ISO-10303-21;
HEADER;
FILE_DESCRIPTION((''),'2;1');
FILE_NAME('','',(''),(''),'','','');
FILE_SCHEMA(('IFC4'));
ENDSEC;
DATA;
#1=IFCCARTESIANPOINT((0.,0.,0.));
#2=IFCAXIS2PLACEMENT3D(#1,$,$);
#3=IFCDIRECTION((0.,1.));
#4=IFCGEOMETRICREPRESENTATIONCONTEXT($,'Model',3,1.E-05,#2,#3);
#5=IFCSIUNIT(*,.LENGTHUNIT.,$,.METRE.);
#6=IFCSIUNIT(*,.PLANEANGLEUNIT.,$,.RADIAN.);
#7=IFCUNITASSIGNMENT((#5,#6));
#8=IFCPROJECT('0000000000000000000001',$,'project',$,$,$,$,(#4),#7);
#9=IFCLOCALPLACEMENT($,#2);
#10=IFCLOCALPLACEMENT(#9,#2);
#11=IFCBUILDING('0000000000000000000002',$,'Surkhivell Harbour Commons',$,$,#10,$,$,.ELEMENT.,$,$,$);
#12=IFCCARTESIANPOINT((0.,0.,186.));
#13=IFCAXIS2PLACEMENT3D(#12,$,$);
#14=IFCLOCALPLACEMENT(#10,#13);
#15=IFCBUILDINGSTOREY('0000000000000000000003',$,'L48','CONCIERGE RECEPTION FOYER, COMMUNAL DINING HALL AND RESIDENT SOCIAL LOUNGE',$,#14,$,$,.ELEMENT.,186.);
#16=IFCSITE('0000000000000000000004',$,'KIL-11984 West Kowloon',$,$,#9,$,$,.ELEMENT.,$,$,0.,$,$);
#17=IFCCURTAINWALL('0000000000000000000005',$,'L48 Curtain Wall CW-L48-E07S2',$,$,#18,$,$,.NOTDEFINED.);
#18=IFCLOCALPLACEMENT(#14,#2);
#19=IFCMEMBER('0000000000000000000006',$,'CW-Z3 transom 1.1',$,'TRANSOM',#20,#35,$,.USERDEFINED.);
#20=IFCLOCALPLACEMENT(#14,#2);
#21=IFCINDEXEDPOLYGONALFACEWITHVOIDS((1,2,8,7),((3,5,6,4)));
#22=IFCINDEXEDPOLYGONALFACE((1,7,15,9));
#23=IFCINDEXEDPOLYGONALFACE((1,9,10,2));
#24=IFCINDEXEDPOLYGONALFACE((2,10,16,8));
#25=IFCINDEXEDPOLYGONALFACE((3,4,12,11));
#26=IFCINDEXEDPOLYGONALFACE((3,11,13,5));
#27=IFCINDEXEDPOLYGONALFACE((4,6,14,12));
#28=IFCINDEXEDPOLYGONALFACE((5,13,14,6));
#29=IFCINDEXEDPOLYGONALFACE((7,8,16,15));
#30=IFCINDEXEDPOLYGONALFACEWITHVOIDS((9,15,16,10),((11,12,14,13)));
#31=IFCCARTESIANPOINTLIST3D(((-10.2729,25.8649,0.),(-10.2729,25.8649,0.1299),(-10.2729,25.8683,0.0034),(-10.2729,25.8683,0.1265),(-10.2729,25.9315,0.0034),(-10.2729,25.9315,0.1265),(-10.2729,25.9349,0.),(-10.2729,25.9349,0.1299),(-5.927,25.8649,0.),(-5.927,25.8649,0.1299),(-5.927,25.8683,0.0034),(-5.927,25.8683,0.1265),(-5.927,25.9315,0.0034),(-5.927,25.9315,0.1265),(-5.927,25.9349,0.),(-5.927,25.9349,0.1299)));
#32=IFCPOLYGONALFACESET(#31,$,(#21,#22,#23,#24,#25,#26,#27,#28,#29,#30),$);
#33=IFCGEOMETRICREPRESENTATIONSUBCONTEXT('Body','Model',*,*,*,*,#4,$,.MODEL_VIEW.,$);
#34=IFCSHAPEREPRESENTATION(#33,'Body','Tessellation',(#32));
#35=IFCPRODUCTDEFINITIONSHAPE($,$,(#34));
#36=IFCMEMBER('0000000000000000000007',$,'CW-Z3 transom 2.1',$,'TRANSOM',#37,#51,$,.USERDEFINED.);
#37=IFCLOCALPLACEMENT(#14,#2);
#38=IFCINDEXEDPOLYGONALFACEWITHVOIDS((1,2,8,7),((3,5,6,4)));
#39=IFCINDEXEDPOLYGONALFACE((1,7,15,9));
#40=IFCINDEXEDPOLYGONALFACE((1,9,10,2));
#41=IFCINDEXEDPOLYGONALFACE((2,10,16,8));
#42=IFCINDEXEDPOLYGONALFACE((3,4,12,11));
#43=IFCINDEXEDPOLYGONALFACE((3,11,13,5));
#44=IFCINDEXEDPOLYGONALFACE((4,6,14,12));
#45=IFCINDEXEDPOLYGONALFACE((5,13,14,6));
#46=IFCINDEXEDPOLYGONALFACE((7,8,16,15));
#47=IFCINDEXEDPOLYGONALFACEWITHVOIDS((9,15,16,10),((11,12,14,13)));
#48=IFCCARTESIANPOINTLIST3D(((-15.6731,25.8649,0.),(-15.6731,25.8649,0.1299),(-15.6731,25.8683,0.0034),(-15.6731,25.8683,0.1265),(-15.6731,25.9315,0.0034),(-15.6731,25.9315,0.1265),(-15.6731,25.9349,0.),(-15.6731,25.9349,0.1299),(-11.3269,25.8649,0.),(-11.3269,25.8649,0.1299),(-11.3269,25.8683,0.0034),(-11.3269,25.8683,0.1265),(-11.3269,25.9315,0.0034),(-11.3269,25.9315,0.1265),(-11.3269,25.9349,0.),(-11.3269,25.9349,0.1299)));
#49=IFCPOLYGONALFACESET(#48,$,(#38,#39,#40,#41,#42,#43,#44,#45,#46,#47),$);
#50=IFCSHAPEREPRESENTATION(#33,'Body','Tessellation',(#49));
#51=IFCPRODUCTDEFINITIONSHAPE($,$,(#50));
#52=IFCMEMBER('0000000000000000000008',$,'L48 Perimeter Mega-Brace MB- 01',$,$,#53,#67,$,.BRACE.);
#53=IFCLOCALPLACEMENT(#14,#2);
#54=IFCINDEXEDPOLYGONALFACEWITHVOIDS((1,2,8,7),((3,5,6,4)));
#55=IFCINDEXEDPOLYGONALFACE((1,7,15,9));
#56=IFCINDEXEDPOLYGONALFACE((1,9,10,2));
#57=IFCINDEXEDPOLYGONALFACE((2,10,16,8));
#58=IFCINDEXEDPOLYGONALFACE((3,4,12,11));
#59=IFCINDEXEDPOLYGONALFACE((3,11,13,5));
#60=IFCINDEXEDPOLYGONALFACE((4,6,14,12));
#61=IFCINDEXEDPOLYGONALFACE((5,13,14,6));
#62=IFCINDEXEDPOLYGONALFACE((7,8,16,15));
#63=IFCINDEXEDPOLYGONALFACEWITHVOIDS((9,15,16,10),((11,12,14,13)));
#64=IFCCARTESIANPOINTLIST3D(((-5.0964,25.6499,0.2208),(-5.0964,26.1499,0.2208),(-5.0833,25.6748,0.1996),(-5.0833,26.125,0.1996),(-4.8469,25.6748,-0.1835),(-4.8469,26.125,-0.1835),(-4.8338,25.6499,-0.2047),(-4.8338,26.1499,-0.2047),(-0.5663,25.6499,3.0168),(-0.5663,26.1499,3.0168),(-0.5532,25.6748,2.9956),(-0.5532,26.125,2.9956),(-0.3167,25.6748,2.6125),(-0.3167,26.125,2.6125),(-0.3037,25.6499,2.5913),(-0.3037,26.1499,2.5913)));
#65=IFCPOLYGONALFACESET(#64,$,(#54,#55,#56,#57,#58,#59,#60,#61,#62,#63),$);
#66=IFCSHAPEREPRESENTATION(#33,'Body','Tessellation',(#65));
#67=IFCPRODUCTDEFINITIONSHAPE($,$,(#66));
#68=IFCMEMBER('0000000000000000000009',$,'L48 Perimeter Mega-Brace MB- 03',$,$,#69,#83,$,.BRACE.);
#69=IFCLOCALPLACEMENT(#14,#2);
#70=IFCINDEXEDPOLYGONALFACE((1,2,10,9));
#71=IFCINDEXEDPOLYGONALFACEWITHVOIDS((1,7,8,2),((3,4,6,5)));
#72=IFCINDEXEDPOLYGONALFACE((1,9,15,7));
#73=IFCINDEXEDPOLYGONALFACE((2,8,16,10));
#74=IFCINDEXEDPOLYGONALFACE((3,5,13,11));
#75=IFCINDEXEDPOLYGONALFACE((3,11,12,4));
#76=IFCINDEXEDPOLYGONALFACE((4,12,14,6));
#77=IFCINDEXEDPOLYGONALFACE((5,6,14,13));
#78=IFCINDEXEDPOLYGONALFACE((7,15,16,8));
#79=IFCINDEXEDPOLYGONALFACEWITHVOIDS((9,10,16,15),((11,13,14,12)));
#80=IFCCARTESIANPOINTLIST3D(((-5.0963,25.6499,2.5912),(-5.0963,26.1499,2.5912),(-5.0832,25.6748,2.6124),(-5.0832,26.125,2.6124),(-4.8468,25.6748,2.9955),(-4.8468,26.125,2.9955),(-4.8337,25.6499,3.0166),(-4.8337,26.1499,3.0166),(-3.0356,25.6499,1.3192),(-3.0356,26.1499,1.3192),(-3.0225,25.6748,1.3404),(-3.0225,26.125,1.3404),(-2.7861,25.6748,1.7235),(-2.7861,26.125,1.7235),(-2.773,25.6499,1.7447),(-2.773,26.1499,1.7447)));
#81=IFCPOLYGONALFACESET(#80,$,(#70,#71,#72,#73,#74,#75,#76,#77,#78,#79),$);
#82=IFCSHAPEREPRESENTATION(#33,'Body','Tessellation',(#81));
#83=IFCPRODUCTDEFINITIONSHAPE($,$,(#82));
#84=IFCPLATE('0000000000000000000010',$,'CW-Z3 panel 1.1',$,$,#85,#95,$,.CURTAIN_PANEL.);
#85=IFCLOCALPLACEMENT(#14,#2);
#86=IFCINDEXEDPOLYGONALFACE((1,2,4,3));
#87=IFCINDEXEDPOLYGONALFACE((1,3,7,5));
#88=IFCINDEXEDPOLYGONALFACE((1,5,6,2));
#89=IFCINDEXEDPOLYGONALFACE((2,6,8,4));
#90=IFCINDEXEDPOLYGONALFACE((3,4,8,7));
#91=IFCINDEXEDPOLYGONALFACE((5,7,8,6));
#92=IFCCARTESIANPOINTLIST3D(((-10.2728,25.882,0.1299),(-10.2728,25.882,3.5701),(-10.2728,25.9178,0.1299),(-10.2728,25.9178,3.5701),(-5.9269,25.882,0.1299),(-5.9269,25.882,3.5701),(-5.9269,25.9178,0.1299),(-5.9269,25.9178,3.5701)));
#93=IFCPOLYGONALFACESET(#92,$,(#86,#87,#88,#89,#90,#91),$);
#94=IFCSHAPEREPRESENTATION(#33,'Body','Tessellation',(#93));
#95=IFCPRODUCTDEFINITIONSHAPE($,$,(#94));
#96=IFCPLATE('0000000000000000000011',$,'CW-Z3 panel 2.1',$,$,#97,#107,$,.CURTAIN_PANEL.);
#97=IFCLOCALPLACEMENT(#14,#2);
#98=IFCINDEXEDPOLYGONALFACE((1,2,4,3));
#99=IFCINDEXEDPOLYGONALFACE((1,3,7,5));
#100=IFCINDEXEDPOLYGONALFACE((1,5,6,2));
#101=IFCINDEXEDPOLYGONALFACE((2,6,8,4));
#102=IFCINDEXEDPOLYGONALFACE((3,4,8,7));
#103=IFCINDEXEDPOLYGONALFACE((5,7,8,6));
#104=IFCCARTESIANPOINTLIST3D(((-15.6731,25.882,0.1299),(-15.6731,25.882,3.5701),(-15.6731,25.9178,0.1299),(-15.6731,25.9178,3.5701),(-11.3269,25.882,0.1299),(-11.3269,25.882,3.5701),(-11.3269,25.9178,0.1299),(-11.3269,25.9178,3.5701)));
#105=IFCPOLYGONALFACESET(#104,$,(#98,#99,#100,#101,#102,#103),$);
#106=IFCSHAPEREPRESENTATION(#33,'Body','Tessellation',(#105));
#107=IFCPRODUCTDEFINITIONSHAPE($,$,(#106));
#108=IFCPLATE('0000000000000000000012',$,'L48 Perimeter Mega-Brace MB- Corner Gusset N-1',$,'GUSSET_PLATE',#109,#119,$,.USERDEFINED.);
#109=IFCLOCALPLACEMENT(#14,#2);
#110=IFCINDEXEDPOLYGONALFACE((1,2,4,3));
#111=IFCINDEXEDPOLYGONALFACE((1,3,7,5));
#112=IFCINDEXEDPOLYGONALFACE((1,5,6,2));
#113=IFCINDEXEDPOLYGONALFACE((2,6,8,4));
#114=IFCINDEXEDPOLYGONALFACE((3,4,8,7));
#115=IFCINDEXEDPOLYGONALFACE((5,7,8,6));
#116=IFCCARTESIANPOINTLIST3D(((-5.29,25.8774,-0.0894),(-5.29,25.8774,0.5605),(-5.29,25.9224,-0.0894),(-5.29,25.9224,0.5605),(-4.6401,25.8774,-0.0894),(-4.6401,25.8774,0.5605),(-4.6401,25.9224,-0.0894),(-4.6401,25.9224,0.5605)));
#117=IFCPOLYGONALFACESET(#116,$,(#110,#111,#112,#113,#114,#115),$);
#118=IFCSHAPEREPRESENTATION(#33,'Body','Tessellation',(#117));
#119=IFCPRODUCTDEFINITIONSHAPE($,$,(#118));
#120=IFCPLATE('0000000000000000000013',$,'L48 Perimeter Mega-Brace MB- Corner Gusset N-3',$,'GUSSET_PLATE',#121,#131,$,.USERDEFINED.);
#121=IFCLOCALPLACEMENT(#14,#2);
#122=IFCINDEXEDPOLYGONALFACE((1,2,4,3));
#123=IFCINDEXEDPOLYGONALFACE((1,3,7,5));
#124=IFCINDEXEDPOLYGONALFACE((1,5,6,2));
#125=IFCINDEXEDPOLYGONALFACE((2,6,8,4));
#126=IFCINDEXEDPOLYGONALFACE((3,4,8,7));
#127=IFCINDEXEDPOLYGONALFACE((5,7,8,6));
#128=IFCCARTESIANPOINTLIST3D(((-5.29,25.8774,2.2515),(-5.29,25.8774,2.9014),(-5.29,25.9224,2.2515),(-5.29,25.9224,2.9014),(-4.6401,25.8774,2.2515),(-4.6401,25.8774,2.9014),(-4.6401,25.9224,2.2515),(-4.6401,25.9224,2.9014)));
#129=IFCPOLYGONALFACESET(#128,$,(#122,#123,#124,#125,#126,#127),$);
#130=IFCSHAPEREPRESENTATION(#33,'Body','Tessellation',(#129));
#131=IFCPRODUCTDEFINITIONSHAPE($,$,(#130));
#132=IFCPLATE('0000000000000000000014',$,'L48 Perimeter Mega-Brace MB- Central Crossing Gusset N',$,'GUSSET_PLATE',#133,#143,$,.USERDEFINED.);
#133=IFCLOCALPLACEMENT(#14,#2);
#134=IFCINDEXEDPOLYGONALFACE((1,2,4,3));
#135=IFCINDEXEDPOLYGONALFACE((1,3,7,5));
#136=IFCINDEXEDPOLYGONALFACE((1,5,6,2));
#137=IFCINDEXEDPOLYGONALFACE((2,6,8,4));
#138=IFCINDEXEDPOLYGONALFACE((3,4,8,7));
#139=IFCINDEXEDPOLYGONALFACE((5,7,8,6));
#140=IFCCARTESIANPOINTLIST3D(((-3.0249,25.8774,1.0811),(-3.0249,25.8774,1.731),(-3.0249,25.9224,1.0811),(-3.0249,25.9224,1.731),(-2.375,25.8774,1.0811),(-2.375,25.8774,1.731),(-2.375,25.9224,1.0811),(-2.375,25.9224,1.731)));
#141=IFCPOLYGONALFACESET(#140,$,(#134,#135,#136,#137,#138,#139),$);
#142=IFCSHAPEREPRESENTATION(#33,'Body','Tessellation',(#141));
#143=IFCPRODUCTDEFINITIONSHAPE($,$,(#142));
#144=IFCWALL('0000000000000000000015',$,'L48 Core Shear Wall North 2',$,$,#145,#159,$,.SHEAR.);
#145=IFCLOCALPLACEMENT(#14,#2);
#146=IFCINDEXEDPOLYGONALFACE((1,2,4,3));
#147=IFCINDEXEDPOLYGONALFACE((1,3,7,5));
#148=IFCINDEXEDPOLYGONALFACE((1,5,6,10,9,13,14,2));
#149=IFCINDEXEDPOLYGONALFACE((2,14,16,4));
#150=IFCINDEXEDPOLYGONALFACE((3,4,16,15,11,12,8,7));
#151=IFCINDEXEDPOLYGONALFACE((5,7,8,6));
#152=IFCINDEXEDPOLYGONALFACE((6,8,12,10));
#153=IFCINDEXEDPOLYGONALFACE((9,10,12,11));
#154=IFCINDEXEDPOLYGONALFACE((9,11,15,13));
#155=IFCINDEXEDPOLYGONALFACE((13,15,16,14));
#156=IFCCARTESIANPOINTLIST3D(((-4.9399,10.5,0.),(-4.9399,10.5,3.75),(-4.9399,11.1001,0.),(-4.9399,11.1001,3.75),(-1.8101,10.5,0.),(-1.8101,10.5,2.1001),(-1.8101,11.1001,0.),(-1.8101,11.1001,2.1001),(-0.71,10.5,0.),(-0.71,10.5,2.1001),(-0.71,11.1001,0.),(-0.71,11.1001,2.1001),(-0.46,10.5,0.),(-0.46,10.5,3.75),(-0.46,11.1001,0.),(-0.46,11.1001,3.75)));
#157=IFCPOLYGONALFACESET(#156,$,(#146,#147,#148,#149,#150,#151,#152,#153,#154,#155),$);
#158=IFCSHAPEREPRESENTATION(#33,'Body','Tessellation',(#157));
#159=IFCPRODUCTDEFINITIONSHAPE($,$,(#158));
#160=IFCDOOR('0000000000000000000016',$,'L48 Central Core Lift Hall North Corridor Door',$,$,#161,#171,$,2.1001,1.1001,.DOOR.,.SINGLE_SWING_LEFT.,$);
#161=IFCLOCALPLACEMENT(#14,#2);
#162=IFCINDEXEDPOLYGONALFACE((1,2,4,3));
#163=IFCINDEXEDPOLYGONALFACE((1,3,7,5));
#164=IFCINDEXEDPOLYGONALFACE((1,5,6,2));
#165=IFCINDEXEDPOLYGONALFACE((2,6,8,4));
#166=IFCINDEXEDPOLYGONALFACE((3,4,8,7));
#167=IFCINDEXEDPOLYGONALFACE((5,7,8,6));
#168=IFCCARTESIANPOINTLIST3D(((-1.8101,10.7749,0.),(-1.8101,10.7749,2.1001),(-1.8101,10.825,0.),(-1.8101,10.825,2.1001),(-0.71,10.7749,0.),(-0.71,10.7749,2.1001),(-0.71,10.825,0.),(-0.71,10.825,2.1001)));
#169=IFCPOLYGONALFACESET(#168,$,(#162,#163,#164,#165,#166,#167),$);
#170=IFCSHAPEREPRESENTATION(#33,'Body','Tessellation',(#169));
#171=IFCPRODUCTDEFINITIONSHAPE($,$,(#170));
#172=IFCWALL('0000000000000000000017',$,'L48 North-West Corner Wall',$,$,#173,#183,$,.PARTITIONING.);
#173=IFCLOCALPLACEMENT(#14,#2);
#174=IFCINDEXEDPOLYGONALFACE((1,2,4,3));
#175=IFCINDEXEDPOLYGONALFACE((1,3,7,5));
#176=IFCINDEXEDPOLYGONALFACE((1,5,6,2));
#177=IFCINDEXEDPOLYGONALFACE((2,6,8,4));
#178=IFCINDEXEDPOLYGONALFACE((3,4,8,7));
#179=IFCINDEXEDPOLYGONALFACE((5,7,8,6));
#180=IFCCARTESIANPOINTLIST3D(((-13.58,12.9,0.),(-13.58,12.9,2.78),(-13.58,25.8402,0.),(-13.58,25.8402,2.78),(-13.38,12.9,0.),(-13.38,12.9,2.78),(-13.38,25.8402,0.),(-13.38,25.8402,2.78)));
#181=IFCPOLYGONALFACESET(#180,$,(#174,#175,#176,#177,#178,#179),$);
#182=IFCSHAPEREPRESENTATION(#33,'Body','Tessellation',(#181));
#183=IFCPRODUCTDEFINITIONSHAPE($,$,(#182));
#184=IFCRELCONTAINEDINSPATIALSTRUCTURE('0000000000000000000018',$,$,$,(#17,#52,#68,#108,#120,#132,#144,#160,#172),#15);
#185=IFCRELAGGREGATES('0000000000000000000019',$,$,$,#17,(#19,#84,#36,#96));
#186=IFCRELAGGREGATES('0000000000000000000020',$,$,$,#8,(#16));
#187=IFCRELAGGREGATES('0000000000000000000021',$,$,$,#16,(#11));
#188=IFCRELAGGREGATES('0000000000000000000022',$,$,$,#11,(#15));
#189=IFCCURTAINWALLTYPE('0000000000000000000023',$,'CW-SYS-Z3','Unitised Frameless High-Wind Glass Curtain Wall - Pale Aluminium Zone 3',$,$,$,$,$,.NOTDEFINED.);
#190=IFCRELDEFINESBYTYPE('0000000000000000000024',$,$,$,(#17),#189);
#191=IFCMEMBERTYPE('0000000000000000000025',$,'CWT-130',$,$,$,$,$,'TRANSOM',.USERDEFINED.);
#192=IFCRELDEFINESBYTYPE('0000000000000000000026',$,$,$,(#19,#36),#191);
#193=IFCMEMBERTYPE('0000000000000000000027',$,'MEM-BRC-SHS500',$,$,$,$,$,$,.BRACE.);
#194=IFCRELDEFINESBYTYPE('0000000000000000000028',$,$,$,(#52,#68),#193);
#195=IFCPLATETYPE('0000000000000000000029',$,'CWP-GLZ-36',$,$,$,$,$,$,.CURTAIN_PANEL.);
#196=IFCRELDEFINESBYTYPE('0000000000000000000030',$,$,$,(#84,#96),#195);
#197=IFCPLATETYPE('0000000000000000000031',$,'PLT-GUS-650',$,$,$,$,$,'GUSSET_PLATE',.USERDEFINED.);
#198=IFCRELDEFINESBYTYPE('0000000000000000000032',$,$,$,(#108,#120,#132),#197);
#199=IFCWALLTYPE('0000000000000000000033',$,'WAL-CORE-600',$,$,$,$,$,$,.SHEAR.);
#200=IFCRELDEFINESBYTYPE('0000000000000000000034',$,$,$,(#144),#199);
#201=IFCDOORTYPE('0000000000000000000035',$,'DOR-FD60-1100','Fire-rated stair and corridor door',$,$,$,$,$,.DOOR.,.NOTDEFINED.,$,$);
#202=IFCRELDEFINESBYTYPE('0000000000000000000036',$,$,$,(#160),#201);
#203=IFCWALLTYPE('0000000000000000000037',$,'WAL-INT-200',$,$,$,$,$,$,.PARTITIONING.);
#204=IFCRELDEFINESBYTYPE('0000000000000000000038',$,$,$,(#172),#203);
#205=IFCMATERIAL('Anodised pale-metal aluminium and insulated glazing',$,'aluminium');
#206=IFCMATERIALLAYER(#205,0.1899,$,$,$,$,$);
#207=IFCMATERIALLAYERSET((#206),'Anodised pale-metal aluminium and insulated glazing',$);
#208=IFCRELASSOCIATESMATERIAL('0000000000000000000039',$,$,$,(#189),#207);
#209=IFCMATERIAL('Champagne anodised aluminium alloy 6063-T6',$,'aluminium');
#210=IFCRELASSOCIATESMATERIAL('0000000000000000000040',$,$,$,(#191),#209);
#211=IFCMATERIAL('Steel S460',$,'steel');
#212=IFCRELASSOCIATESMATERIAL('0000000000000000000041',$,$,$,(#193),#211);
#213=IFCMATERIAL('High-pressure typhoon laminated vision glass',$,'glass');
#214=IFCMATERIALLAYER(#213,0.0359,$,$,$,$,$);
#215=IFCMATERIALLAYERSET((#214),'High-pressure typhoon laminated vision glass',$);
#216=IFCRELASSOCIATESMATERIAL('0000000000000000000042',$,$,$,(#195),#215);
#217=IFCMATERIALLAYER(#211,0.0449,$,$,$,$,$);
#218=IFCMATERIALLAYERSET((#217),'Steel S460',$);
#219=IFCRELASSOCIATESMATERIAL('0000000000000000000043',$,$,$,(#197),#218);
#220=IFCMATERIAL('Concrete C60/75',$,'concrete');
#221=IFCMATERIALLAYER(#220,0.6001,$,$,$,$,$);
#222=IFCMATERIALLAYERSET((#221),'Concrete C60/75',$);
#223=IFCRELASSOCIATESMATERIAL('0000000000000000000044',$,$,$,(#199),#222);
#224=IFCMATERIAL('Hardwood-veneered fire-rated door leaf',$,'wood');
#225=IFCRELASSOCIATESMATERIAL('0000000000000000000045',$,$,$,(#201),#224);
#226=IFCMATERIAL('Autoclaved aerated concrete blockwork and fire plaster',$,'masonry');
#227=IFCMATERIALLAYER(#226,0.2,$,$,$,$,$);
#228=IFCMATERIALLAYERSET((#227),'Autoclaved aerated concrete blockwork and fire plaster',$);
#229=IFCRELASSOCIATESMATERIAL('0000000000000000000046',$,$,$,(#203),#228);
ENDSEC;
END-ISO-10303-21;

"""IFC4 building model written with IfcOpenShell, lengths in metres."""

from ifc_helpers import new_model, si_unit, direction, frame, frame_2d, origin, origin_2d, place, context, subcontext, project, spatial, rectangle, hollow_rectangle, extrude, material, layer, layer_set, material_profile, profile_set, type_object, element, fill, aggregate, save


model = new_model("IFC4")

# Units and contexts
model_context = context("Model", 3, precision=1e-05, world=origin(), true_north=direction((0.0, 1.0)))
body_context = subcontext(model_context, "Body", "Model", "MODEL_VIEW")
ifc_project = project(units=[si_unit("LENGTHUNIT", "METRE"), si_unit("PLANEANGLEUNIT", "RADIAN")], contexts=[model_context])

# Site, building, storey
site_placement = place(None, origin())
site = spatial("IfcSite", under=ifc_project, at=site_placement, Name="KIL-11984 West Kowloon", CompositionType="ELEMENT", RefElevation=0.0)
building_placement = place(site_placement, origin())
building = spatial("IfcBuilding", under=site, at=building_placement, Name="Surkhivell Harbour Commons", CompositionType="ELEMENT")
storey_placement = place(building_placement, frame((0.0, 0.0, 186.0)))
storey = spatial("IfcBuildingStorey", under=building, at=storey_placement, Name="L48", Description="CONCIERGE RECEPTION FOYER, COMMUNAL DINING HALL AND RESIDENT SOCIAL LOUNGE", CompositionType="ELEMENT", Elevation=186.0)

# Shared definitions
ifc_material_1 = material(Name="Concrete C60/75", Category="concrete")

# Curtain wall, members
ifc_material_2 = material(Name="Anodised pale-metal aluminium and insulated glazing", Category="aluminium")
ifc_layer_1 = layer(ifc_material_2, 0.1899)
ifc_layer_set_1 = layer_set([ifc_layer_1], Name="Anodised pale-metal aluminium and insulated glazing")
curtain_wall_type = type_object("IfcCurtainWallType", Name="CW-SYS-Z3", Description="Unitised Frameless High-Wind Glass Curtain Wall - Pale Aluminium Zone 3", PredefinedType="NOTDEFINED", material=ifc_layer_set_1)
curtain_wall_placement = place(storey_placement, origin())
curtain_wall = element("IfcCurtainWall", 1, at=curtain_wall_placement, inside=storey, type_object=curtain_wall_type, Name="L48 Curtain Wall CW-L48-E07S2", PredefinedType="NOTDEFINED")
ifc_material_3 = material(Name="Champagne anodised aluminium alloy 6063-T6", Category="aluminium")
ifc_material_profile_1 = material_profile(ifc_material_3, hollow_rectangle(XDim=0.0701, YDim=0.1299, WallThickness=0.0034, at=origin_2d()), Name="ALU-TRAN-70x130")
ifc_profile_set_1 = profile_set([ifc_material_profile_1], Name="Champagne anodised aluminium alloy 6063-T6")
member_type_1 = type_object("IfcMemberType", Name="CWT-130", ElementType="TRANSOM", PredefinedType="USERDEFINED", material=ifc_profile_set_1)
member_1_placement = place(storey_placement, frame((-5.927, 25.8999, 0.0649), z_axis=(-1.0, 0.0, 0.0), x_axis=(0.0, -1.0, 0.0)))
member_1 = element("IfcMember", 2, at=member_1_placement, type_object=member_type_1, Name="CW-Z3 transom 1.1", ObjectType="TRANSOM", PredefinedType="USERDEFINED", context=body_context, shape_type="SweptSolid", body=[
    extrude(hollow_rectangle(XDim=0.0701, YDim=0.1299, WallThickness=0.0034, at=origin_2d()), origin(), (0.0, 0.0, 1.0), 4.3459),
])
member_2_placement = place(storey_placement, frame((-11.3269, 25.8999, 0.0649), z_axis=(-1.0, 0.0, 0.0), x_axis=(0.0, -1.0, 0.0)))
member_2 = element("IfcMember", 3, at=member_2_placement, type_object=member_type_1, Name="CW-Z3 transom 2.1", ObjectType="TRANSOM", PredefinedType="USERDEFINED", context=body_context, shape_type="SweptSolid", body=[
    extrude(hollow_rectangle(XDim=0.0701, YDim=0.1299, WallThickness=0.0034, at=origin_2d()), origin(), (0.0, 0.0, 1.0), 4.3462),
])

# Members
ifc_material_4 = material(Name="Steel S460", Category="steel")
ifc_material_profile_2 = material_profile(ifc_material_4, hollow_rectangle(XDim=0.5, YDim=0.5, WallThickness=0.0249, at=origin_2d()), Name="SHS500x500x25")
ifc_profile_set_2 = profile_set([ifc_material_profile_2], Name="Steel S460")
member_type_2 = type_object("IfcMemberType", Name="MEM-BRC-SHS500", PredefinedType="BRACE", material=ifc_profile_set_2)
member_3_placement = place(storey_placement, frame((-4.9651, 25.8999, 0.0081), z_axis=(0.850971, 0.0, 0.525213), x_axis=(0.0, 1.0, 0.0)))
element("IfcMember", 4, at=member_3_placement, inside=storey, type_object=member_type_2, Name="L48 Perimeter Mega-Brace MB- 01", PredefinedType="BRACE", context=body_context, shape_type="SweptSolid", body=[
    extrude(hollow_rectangle(XDim=0.5, YDim=0.5, WallThickness=0.0249, at=origin_2d()), origin(), (0.0, 0.0, 1.0), 5.3235),
])
member_4_placement = place(storey_placement, frame((-2.9043, 25.8999, 1.532), z_axis=(-0.850958, 0.0, 0.525233), x_axis=(0.0, -1.0, 0.0)))
element("IfcMember", 5, at=member_4_placement, inside=storey, type_object=member_type_2, Name="L48 Perimeter Mega-Brace MB- 03", PredefinedType="BRACE", context=body_context, shape_type="SweptSolid", body=[
    extrude(hollow_rectangle(XDim=0.5, YDim=0.5, WallThickness=0.0249, at=origin_2d()), origin(), (0.0, 0.0, 1.0), 2.4216),
])

# Plates
ifc_material_5 = material(Name="High-pressure typhoon laminated vision glass", Category="glass")
ifc_layer_2 = layer(ifc_material_5, 0.0359)
ifc_layer_set_2 = layer_set([ifc_layer_2], Name="High-pressure typhoon laminated vision glass")
plate_type_1 = type_object("IfcPlateType", Name="CWP-GLZ-36", PredefinedType="CURTAIN_PANEL", material=ifc_layer_set_2)
plate_1_placement = place(storey_placement, frame((-5.927, 25.8999, 0.1299), z_axis=(0.0, 0.0, 1.0), x_axis=(-1.0, 0.0, 0.0)))
plate_1 = element("IfcPlate", 6, at=plate_1_placement, type_object=plate_type_1, Name="CW-Z3 panel 1.1", PredefinedType="CURTAIN_PANEL", context=body_context, shape_type="SweptSolid", body=[
    extrude(rectangle(XDim=4.3459, YDim=0.0359, at=frame_2d((2.1729, 0.0))), origin(), (0.0, 0.0, 1.0), 3.4402),
])
plate_2_placement = place(storey_placement, frame((-11.3269, 25.8999, 0.1299), z_axis=(0.0, 0.0, 1.0), x_axis=(-1.0, 0.0, 0.0)))
plate_2 = element("IfcPlate", 7, at=plate_2_placement, type_object=plate_type_1, Name="CW-Z3 panel 2.1", PredefinedType="CURTAIN_PANEL", context=body_context, shape_type="SweptSolid", body=[
    extrude(rectangle(XDim=4.3462, YDim=0.0359, at=frame_2d((2.1731, 0.0))), origin(), (0.0, 0.0, 1.0), 3.4402),
])
aggregate(curtain_wall, [member_1, plate_1, member_2, plate_2])

# Plates
ifc_layer_3 = layer(ifc_material_4, 0.0449)
ifc_layer_set_3 = layer_set([ifc_layer_3], Name="Steel S460")
plate_type_2 = type_object("IfcPlateType", Name="PLT-GUS-650", ElementType="GUSSET_PLATE", PredefinedType="USERDEFINED", material=ifc_layer_set_3)
for number, where, z_axis, x_axis, name in (
    (8, (-4.9651, 25.8999, -0.0894), (0.0, 0.0, 1.0), (1.0, 0.0, 0.0), "L48 Perimeter Mega-Brace MB- Corner Gusset N-1"),
    (9, (-4.9651, 25.8999, 2.2515), (0.0, 0.0, 1.0), (1.0, 0.0, 0.0), "L48 Perimeter Mega-Brace MB- Corner Gusset N-3"),
    (10, (-2.7, 25.8999, 1.0811), (0.0, 0.0, 1.0), (1.0, 0.0, 0.0), "L48 Perimeter Mega-Brace MB- Central Crossing Gusset N"),
):
    element("IfcPlate", number, at=place(storey_placement, frame(where, z_axis=z_axis, x_axis=x_axis)), inside=storey, type_object=plate_type_2, Name=name, ObjectType="GUSSET_PLATE", PredefinedType="USERDEFINED", context=body_context, shape_type="SweptSolid", body=[
        extrude(rectangle(XDim=0.6499, YDim=0.0449, at=origin_2d()), origin(), (0.0, 0.0, 1.0), 0.6499),
    ])

# Wall, opening, door
ifc_layer_4 = layer(ifc_material_1, 0.6001)
ifc_layer_set_4 = layer_set([ifc_layer_4], Name="Concrete C60/75")
wall_type_1 = type_object("IfcWallType", Name="WAL-CORE-600", PredefinedType="SHEAR", material=ifc_layer_set_4)
wall_1_placement = place(storey_placement, frame((-4.9399, 10.8, 0.0), z_axis=(0.0, 0.0, 1.0), x_axis=(1.0, 0.0, 0.0)))
wall_1 = element("IfcWall", 11, at=wall_1_placement, inside=storey, type_object=wall_type_1, Name="L48 Core Shear Wall North 2", PredefinedType="SHEAR", context=body_context, shape_type="SweptSolid", body=[
    extrude(rectangle(XDim=4.48, YDim=0.6001, at=frame_2d((2.24, 0.0))), origin(), (0.0, 0.0, 1.0), 3.75),
])
opening_1_placement = place(wall_1_placement, frame((3.1299, 0.0, 0.0)))
opening_1 = element("IfcOpeningElement", 12, at=opening_1_placement, cuts=wall_1, PredefinedType="OPENING", context=body_context, shape_type="SweptSolid", body=[
    extrude(rectangle(XDim=1.1001, YDim=2.1001, at=frame_2d((0.55, 1.05))), frame((0.0, 0.3101, 0.0), z_axis=(0.0, -1.0, 0.0), x_axis=(1.0, 0.0, 0.0)), (0.0, 0.0, 1.0), 0.6201),
])
ifc_material_6 = material(Name="Hardwood-veneered fire-rated door leaf", Category="wood")
door_type_1 = type_object("IfcDoorType", Name="DOR-FD60-1100", Description="Fire-rated stair and corridor door", OperationType="NOTDEFINED", PredefinedType="DOOR", material=ifc_material_6)
door_1_placement = place(opening_1_placement, origin())
door_1 = element("IfcDoor", 13, at=door_1_placement, inside=storey, type_object=door_type_1, Name="L48 Central Core Lift Hall North Corridor Door", OperationType="SINGLE_SWING_LEFT", OverallHeight=2.1001, OverallWidth=1.1001, PredefinedType="DOOR", context=body_context, shape_type="SweptSolid", body=[
    extrude(rectangle(XDim=1.1001, YDim=2.1001, at=frame_2d((0.55, 1.05))), frame((0.0, 0.0249, 0.0), z_axis=(0.0, -1.0, 0.0), x_axis=(1.0, 0.0, 0.0)), (0.0, 0.0, 1.0), 0.05),
])
fill(opening_1, door_1)

# Wall
ifc_material_7 = material(Name="Autoclaved aerated concrete blockwork and fire plaster", Category="masonry")
ifc_layer_5 = layer(ifc_material_7, 0.2)
ifc_layer_set_5 = layer_set([ifc_layer_5], Name="Autoclaved aerated concrete blockwork and fire plaster")
wall_type_2 = type_object("IfcWallType", Name="WAL-INT-200", PredefinedType="PARTITIONING", material=ifc_layer_set_5)
wall_2_placement = place(storey_placement, frame((-13.48, 12.8999, 0.0), z_axis=(0.0, 0.0, 1.0), x_axis=(0.0, 1.0, 0.0)))
element("IfcWall", 14, at=wall_2_placement, inside=storey, type_object=wall_type_2, Name="L48 North-West Corner Wall", PredefinedType="PARTITIONING", context=body_context, shape_type="SweptSolid", body=[
    extrude(rectangle(XDim=12.9402, YDim=0.2, at=frame_2d((6.4702, 0.0))), origin(), (0.0, 0.0, 1.0), 2.78),
])

save(model, "model.ifc")
